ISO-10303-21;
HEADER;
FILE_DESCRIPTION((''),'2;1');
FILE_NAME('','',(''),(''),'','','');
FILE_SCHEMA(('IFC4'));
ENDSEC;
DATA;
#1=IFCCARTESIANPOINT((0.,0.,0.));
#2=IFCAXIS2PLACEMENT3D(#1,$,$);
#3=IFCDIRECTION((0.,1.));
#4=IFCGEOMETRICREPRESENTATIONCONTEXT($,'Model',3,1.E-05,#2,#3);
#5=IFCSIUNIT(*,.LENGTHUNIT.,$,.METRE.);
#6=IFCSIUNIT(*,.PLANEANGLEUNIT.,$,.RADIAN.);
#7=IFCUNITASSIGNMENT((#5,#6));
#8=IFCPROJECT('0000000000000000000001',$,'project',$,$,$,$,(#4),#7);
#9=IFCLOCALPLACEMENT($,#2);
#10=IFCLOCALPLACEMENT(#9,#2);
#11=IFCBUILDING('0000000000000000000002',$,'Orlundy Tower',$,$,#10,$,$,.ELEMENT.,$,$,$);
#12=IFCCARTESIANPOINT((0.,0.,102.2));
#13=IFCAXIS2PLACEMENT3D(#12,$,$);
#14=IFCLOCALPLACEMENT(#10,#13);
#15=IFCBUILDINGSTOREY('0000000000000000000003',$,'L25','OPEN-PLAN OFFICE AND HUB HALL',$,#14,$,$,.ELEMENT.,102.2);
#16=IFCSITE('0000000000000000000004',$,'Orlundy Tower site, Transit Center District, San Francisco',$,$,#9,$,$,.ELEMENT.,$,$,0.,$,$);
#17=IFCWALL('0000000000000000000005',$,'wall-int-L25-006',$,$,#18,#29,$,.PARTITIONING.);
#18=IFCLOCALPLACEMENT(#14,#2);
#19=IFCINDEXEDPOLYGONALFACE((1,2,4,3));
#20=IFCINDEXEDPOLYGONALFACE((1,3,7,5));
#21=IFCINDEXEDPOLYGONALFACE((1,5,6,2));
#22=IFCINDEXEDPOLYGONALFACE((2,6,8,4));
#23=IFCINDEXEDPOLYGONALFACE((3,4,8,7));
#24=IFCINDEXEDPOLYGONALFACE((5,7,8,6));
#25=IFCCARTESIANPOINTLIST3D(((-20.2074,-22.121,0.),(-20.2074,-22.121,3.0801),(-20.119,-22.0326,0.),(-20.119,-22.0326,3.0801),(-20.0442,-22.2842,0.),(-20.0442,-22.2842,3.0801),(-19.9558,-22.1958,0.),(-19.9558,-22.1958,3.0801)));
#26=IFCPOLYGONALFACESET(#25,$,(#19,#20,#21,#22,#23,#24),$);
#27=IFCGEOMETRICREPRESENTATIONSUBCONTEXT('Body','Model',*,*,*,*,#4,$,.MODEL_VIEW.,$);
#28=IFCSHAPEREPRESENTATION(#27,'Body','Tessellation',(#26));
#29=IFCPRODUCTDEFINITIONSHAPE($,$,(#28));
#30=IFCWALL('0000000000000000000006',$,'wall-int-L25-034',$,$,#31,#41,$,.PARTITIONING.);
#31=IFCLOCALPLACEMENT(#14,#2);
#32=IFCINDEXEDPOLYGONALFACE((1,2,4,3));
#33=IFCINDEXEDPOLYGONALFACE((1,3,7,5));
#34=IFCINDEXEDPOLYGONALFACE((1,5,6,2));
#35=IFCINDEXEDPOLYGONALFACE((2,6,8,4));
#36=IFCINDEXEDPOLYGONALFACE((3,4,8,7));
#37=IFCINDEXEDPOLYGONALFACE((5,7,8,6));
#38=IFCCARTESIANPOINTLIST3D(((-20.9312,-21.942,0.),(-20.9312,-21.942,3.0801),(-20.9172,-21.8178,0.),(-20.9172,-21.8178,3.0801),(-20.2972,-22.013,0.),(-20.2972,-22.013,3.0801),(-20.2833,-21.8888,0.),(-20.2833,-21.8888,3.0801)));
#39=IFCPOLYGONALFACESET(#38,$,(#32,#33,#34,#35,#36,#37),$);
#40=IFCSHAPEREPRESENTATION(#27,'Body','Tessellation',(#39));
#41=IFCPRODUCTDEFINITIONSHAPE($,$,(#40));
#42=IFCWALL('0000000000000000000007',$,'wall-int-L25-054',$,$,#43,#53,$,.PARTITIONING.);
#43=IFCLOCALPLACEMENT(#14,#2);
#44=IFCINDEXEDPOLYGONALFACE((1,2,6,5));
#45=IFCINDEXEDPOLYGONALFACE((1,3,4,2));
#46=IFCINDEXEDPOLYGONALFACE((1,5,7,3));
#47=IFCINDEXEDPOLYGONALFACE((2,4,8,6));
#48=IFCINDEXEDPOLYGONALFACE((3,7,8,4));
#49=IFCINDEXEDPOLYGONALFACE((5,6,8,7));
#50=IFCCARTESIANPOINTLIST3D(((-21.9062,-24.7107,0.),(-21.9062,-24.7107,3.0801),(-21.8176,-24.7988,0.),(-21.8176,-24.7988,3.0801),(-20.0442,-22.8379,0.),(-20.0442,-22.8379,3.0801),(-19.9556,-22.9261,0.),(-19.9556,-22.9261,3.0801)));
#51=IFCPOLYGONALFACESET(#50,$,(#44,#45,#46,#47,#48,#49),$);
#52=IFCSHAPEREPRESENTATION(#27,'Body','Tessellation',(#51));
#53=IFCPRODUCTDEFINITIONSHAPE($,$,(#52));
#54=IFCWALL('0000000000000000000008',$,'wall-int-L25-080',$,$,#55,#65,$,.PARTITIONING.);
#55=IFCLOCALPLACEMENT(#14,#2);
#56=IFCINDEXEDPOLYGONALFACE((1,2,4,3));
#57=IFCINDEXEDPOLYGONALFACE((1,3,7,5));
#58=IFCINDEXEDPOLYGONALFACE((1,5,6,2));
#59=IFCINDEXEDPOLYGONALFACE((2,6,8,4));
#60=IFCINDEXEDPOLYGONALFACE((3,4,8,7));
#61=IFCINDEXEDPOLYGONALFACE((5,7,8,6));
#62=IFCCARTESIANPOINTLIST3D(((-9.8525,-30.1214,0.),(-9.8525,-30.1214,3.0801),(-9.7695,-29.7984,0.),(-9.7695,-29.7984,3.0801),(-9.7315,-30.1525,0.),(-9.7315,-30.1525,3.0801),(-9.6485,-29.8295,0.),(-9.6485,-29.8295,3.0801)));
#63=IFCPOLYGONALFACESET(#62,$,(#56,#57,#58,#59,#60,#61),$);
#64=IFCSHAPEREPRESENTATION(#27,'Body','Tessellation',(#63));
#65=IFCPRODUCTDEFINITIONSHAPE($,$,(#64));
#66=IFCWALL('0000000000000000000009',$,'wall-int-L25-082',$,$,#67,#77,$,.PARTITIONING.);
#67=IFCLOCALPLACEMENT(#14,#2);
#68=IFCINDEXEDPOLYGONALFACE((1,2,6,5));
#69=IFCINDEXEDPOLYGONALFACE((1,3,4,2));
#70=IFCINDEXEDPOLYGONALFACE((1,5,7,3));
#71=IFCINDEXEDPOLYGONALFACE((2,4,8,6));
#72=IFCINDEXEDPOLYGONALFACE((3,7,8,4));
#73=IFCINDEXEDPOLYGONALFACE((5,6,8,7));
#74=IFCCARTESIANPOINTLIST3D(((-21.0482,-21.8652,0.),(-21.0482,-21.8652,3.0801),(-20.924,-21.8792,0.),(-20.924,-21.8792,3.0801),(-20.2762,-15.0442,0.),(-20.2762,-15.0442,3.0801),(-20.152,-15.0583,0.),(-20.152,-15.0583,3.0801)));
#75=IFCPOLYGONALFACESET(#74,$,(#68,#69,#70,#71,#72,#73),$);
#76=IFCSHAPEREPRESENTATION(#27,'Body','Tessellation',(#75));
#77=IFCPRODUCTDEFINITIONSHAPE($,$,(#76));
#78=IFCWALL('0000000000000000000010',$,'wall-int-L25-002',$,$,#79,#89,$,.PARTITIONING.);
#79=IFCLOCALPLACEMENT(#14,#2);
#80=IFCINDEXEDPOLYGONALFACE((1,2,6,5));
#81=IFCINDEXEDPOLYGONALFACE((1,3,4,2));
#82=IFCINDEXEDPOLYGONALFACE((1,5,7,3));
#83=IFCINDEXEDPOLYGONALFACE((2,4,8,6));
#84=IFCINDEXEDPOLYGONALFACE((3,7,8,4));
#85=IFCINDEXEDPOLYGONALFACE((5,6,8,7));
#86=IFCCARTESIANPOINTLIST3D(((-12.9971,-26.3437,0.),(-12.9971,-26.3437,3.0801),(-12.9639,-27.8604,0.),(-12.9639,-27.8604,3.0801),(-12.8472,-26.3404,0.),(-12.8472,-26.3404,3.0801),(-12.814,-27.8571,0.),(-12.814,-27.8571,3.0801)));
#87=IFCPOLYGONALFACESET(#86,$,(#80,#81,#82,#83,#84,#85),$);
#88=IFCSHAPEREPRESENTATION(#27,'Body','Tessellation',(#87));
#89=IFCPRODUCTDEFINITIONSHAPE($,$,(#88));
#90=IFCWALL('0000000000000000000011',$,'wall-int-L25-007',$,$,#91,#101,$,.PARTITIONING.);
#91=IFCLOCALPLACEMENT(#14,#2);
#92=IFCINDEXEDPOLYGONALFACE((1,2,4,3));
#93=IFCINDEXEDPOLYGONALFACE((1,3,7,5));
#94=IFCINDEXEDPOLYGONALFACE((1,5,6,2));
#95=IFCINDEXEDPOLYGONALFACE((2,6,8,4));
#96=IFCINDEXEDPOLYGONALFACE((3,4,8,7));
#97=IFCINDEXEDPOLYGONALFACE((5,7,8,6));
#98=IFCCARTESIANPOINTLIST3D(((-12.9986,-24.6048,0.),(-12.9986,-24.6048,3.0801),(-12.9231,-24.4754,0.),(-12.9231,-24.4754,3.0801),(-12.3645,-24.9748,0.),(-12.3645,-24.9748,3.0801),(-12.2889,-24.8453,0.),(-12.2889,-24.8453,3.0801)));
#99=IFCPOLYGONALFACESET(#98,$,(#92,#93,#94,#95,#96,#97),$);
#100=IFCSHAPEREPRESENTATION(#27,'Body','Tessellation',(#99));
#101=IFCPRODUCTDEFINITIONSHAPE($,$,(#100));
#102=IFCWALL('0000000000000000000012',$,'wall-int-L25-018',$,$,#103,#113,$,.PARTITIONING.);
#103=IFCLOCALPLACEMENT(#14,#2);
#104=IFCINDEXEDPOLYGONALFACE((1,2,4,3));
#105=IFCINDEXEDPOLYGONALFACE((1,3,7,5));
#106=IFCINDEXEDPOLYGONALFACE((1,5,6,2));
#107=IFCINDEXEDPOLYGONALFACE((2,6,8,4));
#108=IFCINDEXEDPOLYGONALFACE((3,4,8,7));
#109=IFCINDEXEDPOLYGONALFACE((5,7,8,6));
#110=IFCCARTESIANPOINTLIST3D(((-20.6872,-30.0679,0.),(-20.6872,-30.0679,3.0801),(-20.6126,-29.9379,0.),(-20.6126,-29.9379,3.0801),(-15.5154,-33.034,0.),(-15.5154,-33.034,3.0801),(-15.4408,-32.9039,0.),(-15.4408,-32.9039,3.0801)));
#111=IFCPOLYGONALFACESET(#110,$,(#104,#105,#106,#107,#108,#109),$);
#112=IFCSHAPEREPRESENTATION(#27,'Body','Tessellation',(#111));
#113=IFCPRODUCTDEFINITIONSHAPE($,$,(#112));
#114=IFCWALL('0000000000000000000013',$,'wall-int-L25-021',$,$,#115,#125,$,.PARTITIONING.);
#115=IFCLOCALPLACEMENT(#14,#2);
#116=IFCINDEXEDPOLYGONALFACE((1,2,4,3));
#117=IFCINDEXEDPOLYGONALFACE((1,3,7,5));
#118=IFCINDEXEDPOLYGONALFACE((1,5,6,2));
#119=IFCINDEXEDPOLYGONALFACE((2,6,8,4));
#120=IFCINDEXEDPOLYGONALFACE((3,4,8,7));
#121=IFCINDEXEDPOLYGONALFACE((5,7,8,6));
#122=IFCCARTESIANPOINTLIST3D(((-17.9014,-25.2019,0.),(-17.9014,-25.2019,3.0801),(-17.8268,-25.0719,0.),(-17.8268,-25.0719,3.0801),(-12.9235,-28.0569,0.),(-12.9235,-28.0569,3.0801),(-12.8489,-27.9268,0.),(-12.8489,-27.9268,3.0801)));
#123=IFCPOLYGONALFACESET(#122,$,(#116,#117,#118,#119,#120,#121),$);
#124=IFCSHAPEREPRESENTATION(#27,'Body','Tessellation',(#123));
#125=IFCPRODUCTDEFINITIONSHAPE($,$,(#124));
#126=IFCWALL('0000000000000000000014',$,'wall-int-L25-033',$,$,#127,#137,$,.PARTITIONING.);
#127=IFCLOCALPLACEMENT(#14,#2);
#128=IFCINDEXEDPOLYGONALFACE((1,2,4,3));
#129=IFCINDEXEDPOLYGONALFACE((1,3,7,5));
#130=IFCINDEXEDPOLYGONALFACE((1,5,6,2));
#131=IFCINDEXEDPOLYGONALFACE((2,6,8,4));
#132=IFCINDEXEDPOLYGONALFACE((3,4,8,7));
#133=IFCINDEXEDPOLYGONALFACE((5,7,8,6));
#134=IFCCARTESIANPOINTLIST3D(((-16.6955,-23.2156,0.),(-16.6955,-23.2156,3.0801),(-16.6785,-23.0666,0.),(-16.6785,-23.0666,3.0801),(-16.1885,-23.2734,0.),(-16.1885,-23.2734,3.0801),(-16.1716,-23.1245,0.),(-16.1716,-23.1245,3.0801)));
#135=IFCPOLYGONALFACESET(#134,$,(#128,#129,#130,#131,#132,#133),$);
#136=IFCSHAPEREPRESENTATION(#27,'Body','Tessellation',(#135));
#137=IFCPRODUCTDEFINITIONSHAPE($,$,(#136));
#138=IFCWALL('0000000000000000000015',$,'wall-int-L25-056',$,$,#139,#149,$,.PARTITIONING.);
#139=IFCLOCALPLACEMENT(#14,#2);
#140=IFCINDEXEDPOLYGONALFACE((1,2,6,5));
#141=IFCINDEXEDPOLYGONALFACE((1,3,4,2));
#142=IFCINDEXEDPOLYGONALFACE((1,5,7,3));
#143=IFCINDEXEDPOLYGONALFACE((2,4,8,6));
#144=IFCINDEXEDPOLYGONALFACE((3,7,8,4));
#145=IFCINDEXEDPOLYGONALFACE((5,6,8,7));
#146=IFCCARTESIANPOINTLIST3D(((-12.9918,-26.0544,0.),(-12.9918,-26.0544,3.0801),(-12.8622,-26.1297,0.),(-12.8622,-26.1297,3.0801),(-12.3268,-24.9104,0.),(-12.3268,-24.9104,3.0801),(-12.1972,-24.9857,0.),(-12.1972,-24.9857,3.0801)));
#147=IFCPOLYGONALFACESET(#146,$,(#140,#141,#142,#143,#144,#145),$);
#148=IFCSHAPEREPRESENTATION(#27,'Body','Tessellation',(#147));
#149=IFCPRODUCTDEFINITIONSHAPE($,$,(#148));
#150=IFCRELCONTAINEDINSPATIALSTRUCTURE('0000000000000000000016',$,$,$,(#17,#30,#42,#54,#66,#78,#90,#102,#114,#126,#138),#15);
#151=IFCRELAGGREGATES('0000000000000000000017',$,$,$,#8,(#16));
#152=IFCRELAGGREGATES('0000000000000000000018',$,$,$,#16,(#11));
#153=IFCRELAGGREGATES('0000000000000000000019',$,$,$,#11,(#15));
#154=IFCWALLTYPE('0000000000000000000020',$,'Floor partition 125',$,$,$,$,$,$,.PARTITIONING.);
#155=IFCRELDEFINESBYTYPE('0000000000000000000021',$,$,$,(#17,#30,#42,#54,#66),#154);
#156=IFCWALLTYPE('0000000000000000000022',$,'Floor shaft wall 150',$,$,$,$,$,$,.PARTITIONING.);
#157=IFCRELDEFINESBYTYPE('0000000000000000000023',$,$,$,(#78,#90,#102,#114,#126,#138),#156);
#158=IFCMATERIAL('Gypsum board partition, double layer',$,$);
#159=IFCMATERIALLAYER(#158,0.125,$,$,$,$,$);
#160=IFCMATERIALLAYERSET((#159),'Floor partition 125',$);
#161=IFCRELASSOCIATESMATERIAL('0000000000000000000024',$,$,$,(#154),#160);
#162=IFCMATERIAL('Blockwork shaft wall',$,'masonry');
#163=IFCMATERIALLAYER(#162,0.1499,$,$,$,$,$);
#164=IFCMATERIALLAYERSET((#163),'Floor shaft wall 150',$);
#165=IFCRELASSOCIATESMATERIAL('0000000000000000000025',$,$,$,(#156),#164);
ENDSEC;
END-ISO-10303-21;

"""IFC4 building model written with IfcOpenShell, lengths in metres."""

from ifc_helpers import new_model, si_unit, direction, frame, frame_2d, origin, place, context, subcontext, project, spatial, rectangle, extrude, material, layer, layer_set, type_object, element, save


model = new_model("IFC4")

# Units and contexts
model_context = context("Model", 3, precision=1e-05, world=origin(), true_north=direction((0.0, 1.0)))
body_context = subcontext(model_context, "Body", "Model", "MODEL_VIEW")
ifc_project = project(units=[si_unit("LENGTHUNIT", "METRE"), si_unit("PLANEANGLEUNIT", "RADIAN")], contexts=[model_context])

# Site, building, storey
site_placement = place(None, origin())
site = spatial("IfcSite", under=ifc_project, at=site_placement, Name="Orlundy Tower site, Transit Center District, San Francisco", CompositionType="ELEMENT", RefElevation=0.0)
building_placement = place(site_placement, origin())
building = spatial("IfcBuilding", under=site, at=building_placement, Name="Orlundy Tower", CompositionType="ELEMENT")
storey_placement = place(building_placement, frame((0.0, 0.0, 102.2)))
storey = spatial("IfcBuildingStorey", under=building, at=storey_placement, Name="L25", Description="OPEN-PLAN OFFICE AND HUB HALL", CompositionType="ELEMENT", Elevation=102.2)

# Walls
ifc_material_1 = material(Name="Gypsum board partition, double layer")
ifc_layer_1 = layer(ifc_material_1, 0.125)
ifc_layer_set_1 = layer_set([ifc_layer_1], Name="Floor partition 125")
wall_type_1 = type_object("IfcWallType", Name="Floor partition 125", PredefinedType="PARTITIONING", material=ifc_layer_set_1)
wall_1_placement = place(storey_placement, frame((-20.1631, -22.0769, 0.0), z_axis=(0.0, 0.0, 1.0), x_axis=(0.707107, -0.707107, 0.0)))
element("IfcWall", 1, at=wall_1_placement, inside=storey, type_object=wall_type_1, Name="wall-int-L25-006", PredefinedType="PARTITIONING", context=body_context, shape_type="SweptSolid", body=[
    extrude(rectangle(XDim=0.2307, YDim=0.125, at=frame_2d((0.1152, 0.0))), origin(), (0.0, 0.0, 1.0), 3.0801),
])
wall_2_placement = place(storey_placement, frame((-20.9241, -21.8799, 0.0), z_axis=(0.0, 0.0, 1.0), x_axis=(0.993781, -0.111355, 0.0)))
element("IfcWall", 2, at=wall_2_placement, inside=storey, type_object=wall_type_1, Name="wall-int-L25-034", PredefinedType="PARTITIONING", context=body_context, shape_type="SweptSolid", body=[
    extrude(rectangle(XDim=0.6379, YDim=0.125, at=frame_2d((0.3188, 0.0))), origin(), (0.0, 0.0, 1.0), 3.0801),
])
wall_3_placement = place(storey_placement, frame((-20.0, -22.8821, 0.0), z_axis=(0.0, 0.0, 1.0), x_axis=(-0.70507, -0.709138, 0.0)))
element("IfcWall", 3, at=wall_3_placement, inside=storey, type_object=wall_type_1, Name="wall-int-L25-054", PredefinedType="PARTITIONING", context=body_context, shape_type="SweptSolid", body=[
    extrude(rectangle(XDim=2.6409, YDim=0.125, at=frame_2d((1.3203, 0.0))), origin(), (0.0, 0.0, 1.0), 3.0801),
])
wall_4_placement = place(storey_placement, frame((-9.792, -30.137, 0.0), z_axis=(0.0, 0.0, 1.0), x_axis=(0.248904, 0.968528, 0.0)))
element("IfcWall", 4, at=wall_4_placement, inside=storey, type_object=wall_type_1, Name="wall-int-L25-080", PredefinedType="PARTITIONING", context=body_context, shape_type="SweptSolid", body=[
    extrude(rectangle(XDim=0.3335, YDim=0.125, at=frame_2d((0.1667, 0.0))), origin(), (0.0, 0.0, 1.0), 3.0801),
])
wall_5_placement = place(storey_placement, frame((-20.9861, -21.8721, 0.0), z_axis=(0.0, 0.0, 1.0), x_axis=(0.112457, 0.993657, 0.0)))
element("IfcWall", 5, at=wall_5_placement, inside=storey, type_object=wall_type_1, Name="wall-int-L25-082", PredefinedType="PARTITIONING", context=body_context, shape_type="SweptSolid", body=[
    extrude(rectangle(XDim=6.8645, YDim=0.125, at=frame_2d((3.4321, 0.0))), origin(), (0.0, 0.0, 1.0), 3.0801),
])
ifc_material_2 = material(Name="Blockwork shaft wall", Category="masonry")
ifc_layer_2 = layer(ifc_material_2, 0.1499)
ifc_layer_set_2 = layer_set([ifc_layer_2], Name="Floor shaft wall 150")
wall_type_2 = type_object("IfcWallType", Name="Floor shaft wall 150", PredefinedType="PARTITIONING", material=ifc_layer_set_2)
wall_6_placement = place(storey_placement, frame((-12.9221, -26.342, 0.0), z_axis=(0.0, 0.0, 1.0), x_axis=(0.021884, -0.999761, 0.0)))
element("IfcWall", 6, at=wall_6_placement, inside=storey, type_object=wall_type_2, Name="wall-int-L25-002", PredefinedType="PARTITIONING", context=body_context, shape_type="SweptSolid", body=[
    extrude(rectangle(XDim=1.5171, YDim=0.1499, at=frame_2d((0.7585, 0.0))), origin(), (0.0, 0.0, 1.0), 3.0801),
])
wall_7_placement = place(storey_placement, frame((-12.9609, -24.54, 0.0), z_axis=(0.0, 0.0, 1.0), x_axis=(0.863767, -0.503892, 0.0)))
element("IfcWall", 7, at=wall_7_placement, inside=storey, type_object=wall_type_2, Name="wall-int-L25-007", PredefinedType="PARTITIONING", context=body_context, shape_type="SweptSolid", body=[
    extrude(rectangle(XDim=0.7341, YDim=0.1499, at=frame_2d((0.3672, 0.0))), origin(), (0.0, 0.0, 1.0), 3.0801),
])
wall_8_placement = place(storey_placement, frame((-20.6499, -30.0029, 0.0), z_axis=(0.0, 0.0, 1.0), x_axis=(0.867468, -0.497492, 0.0)))
element("IfcWall", 8, at=wall_8_placement, inside=storey, type_object=wall_type_2, Name="wall-int-L25-018", PredefinedType="PARTITIONING", context=body_context, shape_type="SweptSolid", body=[
    extrude(rectangle(XDim=5.9619, YDim=0.1499, at=frame_2d((2.981, 0.0))), origin(), (0.0, 0.0, 1.0), 3.0801),
])
wall_9_placement = place(storey_placement, frame((-17.864, -25.137, 0.0), z_axis=(0.0, 0.0, 1.0), x_axis=(0.867462, -0.497504, 0.0)))
element("IfcWall", 9, at=wall_9_placement, inside=storey, type_object=wall_type_2, Name="wall-int-L25-021", PredefinedType="PARTITIONING", context=body_context, shape_type="SweptSolid", body=[
    extrude(rectangle(XDim=5.7385, YDim=0.1499, at=frame_2d((2.8691, 0.0))), origin(), (0.0, 0.0, 1.0), 3.0801),
])
wall_10_placement = place(storey_placement, frame((-16.687, -23.1411, 0.0), z_axis=(0.0, 0.0, 1.0), x_axis=(0.993553, -0.113371, 0.0)))
element("IfcWall", 10, at=wall_10_placement, inside=storey, type_object=wall_type_2, Name="wall-int-L25-033", PredefinedType="PARTITIONING", context=body_context, shape_type="SweptSolid", body=[
    extrude(rectangle(XDim=0.5103, YDim=0.1499, at=frame_2d((0.2551, 0.0))), origin(), (0.0, 0.0, 1.0), 3.0801),
])
wall_11_placement = place(storey_placement, frame((-12.927, -26.092, 0.0), z_axis=(0.0, 0.0, 1.0), x_axis=(0.502563, 0.864541, 0.0)))
element("IfcWall", 11, at=wall_11_placement, inside=storey, type_object=wall_type_2, Name="wall-int-L25-056", PredefinedType="PARTITIONING", context=body_context, shape_type="SweptSolid", body=[
    extrude(rectangle(XDim=1.3232, YDim=0.1499, at=frame_2d((0.6616, 0.0))), origin(), (0.0, 0.0, 1.0), 3.0801),
])

save(model, "model.ifc")
